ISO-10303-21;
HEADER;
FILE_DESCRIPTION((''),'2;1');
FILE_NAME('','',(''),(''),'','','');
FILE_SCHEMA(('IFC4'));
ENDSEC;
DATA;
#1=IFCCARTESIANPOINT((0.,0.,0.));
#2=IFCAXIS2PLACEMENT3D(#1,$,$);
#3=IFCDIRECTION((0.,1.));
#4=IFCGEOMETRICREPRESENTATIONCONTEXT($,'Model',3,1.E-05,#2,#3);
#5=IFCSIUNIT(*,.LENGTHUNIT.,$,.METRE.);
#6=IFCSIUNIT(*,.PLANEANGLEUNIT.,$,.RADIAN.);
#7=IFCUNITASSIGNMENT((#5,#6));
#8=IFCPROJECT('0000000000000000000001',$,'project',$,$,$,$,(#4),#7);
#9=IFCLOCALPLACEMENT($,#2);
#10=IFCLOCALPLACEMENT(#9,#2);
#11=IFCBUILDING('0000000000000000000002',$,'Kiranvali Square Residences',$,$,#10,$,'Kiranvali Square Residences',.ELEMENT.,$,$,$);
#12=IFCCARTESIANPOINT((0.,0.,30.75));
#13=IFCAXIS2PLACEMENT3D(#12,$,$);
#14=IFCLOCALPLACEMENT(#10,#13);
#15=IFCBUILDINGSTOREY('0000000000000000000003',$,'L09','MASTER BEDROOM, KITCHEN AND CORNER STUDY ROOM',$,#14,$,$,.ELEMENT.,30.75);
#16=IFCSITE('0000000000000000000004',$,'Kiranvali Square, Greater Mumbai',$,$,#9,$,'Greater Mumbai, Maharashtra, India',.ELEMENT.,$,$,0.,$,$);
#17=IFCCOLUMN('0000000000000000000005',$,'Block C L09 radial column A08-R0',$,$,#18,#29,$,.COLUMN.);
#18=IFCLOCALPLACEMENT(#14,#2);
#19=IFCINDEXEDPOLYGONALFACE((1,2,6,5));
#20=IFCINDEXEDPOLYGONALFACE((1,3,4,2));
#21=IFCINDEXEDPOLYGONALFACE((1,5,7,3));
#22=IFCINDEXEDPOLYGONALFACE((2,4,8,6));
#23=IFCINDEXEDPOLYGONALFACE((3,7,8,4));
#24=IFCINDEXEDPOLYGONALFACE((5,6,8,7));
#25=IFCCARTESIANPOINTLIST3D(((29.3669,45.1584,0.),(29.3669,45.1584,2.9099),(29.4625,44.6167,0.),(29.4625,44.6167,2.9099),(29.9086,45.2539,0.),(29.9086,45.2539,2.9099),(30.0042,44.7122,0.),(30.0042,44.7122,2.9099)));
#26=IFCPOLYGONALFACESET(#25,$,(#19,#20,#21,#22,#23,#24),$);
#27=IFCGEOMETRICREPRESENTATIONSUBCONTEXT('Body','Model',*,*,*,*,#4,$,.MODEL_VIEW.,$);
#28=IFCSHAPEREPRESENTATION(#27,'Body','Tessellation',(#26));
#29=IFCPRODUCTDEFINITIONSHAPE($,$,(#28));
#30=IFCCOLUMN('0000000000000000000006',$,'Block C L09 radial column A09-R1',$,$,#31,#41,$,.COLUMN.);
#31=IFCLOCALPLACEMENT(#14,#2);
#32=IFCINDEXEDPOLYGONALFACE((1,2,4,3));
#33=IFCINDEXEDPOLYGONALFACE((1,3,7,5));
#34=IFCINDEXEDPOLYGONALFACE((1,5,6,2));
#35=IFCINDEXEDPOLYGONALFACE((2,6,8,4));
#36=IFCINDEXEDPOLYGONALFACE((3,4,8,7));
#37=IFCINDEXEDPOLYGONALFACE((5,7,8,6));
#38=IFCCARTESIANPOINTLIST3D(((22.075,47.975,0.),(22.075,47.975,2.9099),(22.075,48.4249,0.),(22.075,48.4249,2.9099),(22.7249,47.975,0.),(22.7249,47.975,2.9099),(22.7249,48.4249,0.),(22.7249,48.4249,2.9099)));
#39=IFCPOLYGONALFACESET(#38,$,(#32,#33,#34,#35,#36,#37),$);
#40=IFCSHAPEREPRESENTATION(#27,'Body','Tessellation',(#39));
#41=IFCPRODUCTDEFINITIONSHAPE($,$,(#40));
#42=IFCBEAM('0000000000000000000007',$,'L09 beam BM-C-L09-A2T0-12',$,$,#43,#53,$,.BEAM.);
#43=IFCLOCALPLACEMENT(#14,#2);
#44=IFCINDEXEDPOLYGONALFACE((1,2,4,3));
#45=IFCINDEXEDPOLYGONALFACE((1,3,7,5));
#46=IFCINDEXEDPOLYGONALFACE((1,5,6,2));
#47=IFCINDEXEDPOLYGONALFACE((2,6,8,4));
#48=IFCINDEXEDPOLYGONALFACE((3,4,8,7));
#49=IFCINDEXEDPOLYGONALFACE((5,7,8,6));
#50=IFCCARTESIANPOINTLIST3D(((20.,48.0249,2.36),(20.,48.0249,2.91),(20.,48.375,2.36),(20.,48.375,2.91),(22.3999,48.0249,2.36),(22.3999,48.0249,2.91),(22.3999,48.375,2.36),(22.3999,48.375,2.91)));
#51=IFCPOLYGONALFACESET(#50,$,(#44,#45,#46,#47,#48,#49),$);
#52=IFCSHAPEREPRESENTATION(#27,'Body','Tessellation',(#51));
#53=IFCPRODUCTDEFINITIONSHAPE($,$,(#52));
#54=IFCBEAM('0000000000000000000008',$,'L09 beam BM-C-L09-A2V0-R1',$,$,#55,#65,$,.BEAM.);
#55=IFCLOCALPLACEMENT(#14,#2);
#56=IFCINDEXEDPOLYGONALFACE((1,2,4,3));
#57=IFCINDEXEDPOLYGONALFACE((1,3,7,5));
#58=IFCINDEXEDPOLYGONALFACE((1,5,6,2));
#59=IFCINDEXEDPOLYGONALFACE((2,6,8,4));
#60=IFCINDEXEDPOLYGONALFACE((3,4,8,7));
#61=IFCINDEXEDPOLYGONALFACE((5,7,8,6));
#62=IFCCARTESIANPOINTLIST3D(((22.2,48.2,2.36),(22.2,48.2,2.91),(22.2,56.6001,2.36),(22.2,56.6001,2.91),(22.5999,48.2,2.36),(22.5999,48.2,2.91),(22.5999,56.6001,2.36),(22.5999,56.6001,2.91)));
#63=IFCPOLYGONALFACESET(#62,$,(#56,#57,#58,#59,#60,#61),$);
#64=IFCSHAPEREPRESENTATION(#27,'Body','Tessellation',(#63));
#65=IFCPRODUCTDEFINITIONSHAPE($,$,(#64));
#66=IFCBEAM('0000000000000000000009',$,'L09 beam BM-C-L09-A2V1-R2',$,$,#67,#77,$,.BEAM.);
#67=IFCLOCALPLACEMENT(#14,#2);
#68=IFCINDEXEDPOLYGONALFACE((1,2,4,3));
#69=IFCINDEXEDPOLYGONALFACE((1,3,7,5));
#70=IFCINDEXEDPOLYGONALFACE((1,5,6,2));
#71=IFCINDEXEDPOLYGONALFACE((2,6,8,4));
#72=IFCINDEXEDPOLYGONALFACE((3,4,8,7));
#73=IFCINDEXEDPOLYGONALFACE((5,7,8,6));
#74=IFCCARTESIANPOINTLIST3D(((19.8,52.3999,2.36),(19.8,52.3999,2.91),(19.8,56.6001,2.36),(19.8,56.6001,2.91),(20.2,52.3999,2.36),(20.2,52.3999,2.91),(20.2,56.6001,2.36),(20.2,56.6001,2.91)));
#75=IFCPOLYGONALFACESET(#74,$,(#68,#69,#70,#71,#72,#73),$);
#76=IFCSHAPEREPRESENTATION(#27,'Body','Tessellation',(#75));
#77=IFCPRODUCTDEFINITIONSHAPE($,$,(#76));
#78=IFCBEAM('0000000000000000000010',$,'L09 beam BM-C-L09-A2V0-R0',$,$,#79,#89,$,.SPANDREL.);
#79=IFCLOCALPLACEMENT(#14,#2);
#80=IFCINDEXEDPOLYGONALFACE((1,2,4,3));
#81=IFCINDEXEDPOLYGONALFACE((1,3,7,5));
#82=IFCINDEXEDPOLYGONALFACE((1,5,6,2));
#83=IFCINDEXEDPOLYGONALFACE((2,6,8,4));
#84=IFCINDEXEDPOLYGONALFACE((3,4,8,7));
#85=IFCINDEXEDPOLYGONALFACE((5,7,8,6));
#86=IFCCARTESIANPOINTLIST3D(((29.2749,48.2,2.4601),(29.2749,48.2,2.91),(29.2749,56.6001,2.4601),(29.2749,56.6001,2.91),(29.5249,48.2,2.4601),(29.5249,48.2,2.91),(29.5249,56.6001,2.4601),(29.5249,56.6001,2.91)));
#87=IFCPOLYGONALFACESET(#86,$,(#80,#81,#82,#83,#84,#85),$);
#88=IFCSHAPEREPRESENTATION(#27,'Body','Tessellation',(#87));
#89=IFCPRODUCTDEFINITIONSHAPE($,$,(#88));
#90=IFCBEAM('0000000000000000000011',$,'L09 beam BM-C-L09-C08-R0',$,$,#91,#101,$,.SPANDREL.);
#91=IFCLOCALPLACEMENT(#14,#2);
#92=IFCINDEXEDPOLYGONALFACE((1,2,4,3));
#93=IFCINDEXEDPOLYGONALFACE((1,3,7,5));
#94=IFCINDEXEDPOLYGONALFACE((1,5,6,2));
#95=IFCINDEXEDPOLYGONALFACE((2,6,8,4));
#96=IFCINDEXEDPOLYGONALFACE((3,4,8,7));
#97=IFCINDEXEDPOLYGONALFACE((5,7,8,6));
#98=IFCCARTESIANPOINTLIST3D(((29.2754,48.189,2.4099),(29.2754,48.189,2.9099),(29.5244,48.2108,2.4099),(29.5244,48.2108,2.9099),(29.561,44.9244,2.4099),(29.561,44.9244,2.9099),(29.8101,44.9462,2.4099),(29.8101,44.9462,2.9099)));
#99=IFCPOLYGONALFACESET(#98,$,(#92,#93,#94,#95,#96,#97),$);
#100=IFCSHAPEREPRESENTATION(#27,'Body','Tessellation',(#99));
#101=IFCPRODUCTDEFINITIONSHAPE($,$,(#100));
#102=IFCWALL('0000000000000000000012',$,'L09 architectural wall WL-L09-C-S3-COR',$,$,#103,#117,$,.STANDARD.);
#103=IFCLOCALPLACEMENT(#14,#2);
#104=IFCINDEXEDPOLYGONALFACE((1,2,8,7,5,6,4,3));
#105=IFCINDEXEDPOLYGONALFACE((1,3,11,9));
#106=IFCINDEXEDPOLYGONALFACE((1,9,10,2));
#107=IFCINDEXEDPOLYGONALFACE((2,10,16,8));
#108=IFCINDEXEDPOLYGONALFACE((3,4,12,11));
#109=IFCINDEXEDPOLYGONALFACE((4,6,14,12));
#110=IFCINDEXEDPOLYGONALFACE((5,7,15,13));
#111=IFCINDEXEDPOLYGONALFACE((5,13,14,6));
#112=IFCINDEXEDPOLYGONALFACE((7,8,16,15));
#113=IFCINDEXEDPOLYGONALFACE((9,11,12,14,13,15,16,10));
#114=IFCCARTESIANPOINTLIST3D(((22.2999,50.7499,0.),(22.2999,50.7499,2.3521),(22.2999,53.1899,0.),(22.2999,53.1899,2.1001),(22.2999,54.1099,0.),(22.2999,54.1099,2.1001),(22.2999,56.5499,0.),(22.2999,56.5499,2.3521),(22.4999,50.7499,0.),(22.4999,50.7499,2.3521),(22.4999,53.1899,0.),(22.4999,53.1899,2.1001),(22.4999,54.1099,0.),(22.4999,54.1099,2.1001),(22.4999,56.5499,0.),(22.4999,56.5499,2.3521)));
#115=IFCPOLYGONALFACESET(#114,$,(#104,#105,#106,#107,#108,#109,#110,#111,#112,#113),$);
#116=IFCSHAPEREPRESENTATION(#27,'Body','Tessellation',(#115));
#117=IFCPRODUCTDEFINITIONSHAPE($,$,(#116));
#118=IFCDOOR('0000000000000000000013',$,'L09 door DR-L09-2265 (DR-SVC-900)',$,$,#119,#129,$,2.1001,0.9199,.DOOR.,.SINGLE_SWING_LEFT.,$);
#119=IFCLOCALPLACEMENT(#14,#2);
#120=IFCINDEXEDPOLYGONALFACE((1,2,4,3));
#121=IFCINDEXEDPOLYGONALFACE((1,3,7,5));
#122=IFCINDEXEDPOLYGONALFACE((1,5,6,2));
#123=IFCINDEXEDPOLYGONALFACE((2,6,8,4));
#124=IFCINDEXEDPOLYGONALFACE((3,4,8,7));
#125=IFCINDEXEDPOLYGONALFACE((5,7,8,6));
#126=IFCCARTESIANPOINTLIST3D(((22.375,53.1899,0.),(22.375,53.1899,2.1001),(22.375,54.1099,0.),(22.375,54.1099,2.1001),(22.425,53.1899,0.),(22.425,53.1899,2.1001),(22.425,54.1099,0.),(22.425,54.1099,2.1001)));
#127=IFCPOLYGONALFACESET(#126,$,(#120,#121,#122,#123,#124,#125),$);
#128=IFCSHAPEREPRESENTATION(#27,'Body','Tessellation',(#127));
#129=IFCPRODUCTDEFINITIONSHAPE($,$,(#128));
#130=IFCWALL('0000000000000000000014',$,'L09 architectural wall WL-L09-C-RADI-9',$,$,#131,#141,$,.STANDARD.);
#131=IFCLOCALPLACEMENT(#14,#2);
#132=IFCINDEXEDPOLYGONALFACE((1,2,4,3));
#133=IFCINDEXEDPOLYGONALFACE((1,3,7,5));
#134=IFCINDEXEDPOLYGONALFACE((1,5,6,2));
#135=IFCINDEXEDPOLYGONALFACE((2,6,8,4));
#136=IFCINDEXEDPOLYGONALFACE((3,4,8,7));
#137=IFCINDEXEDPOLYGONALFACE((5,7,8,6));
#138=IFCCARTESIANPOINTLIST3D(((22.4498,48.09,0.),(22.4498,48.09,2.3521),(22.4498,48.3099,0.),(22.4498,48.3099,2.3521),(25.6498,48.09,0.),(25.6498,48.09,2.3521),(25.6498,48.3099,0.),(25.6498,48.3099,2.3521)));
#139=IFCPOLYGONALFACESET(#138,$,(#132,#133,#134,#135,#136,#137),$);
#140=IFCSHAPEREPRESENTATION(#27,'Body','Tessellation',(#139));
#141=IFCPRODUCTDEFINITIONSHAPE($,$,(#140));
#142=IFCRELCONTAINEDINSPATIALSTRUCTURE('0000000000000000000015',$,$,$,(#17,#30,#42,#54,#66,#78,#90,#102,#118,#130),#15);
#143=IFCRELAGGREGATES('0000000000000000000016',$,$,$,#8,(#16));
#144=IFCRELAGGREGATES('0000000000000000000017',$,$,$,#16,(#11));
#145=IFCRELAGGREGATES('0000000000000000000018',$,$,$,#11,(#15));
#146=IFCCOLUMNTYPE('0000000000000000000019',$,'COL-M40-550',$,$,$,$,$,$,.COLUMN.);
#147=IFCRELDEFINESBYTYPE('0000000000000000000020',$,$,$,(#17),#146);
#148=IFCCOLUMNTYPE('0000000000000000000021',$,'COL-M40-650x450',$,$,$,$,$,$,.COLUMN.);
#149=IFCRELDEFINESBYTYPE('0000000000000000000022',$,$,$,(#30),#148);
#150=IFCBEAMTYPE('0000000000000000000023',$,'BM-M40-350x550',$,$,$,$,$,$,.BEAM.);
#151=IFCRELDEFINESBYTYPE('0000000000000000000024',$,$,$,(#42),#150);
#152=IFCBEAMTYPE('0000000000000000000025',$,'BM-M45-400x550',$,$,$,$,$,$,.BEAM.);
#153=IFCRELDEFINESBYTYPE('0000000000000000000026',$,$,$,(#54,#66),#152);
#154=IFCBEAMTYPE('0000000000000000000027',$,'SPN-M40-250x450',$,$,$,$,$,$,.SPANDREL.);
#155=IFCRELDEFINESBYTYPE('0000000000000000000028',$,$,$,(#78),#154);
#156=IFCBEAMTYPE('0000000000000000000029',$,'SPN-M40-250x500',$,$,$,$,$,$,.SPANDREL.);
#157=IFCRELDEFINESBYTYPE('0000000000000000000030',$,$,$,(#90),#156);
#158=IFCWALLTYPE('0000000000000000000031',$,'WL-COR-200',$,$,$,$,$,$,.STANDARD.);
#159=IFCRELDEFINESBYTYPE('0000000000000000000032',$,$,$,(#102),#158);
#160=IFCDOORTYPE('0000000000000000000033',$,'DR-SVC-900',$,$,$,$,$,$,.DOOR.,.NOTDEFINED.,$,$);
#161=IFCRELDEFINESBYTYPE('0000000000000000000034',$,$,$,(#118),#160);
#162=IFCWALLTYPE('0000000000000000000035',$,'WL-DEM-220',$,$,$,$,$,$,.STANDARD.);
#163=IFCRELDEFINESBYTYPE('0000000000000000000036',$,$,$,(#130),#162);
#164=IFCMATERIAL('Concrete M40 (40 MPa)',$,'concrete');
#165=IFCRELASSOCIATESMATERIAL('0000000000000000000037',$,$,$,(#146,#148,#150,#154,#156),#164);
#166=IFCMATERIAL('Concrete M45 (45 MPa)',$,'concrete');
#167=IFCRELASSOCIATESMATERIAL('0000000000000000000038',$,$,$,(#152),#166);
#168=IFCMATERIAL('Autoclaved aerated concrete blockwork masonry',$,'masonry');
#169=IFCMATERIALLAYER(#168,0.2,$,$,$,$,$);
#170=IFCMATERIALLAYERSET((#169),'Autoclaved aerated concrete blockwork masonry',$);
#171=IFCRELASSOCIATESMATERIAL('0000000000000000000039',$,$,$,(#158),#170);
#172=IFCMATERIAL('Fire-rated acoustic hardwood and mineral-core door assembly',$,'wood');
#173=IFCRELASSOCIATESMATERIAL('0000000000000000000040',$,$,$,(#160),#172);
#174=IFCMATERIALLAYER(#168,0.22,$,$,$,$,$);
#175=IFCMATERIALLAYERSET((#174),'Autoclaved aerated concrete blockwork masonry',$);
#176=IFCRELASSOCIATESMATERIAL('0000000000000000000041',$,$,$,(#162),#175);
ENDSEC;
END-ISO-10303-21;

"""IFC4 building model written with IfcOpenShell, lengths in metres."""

from ifc_helpers import new_model, si_unit, direction, frame, frame_2d, origin, origin_2d, place, context, subcontext, project, spatial, rectangle, extrude, material, layer, layer_set, material_profile, profile_set, type_object, element, fill, save


model = new_model("IFC4")

# Units and contexts
model_context = context("Model", 3, precision=1e-05, world=origin(), true_north=direction((0.0, 1.0)))
body_context = subcontext(model_context, "Body", "Model", "MODEL_VIEW")
ifc_project = project(units=[si_unit("LENGTHUNIT", "METRE"), si_unit("PLANEANGLEUNIT", "RADIAN")], contexts=[model_context])

# Site, building, storey
site_placement = place(None, origin())
site = spatial("IfcSite", under=ifc_project, at=site_placement, Name="Kiranvali Square, Greater Mumbai", LongName="Greater Mumbai, Maharashtra, India", CompositionType="ELEMENT", RefElevation=0.0)
building_placement = place(site_placement, origin())
building = spatial("IfcBuilding", under=site, at=building_placement, Name="Kiranvali Square Residences", LongName="Kiranvali Square Residences", CompositionType="ELEMENT")
storey_placement = place(building_placement, frame((0.0, 0.0, 30.75)))
storey = spatial("IfcBuildingStorey", under=building, at=storey_placement, Name="L09", Description="MASTER BEDROOM, KITCHEN AND CORNER STUDY ROOM", CompositionType="ELEMENT", Elevation=30.75)

# Columns
ifc_material_1 = material(Name="Concrete M40 (40 MPa)", Category="concrete")
ifc_material_profile_1 = material_profile(ifc_material_1, rectangle(XDim=0.55, YDim=0.55, at=origin_2d()), Name="RC 550x550")
ifc_profile_set_1 = profile_set([ifc_material_profile_1], Name="Concrete M40 (40 MPa)")
column_type_1 = type_object("IfcColumnType", Name="COL-M40-550", PredefinedType="COLUMN", material=ifc_profile_set_1)
column_1_placement = place(storey_placement, frame((29.6855, 44.9353, 0.0), z_axis=(0.0, 0.0, 1.0), x_axis=(-0.173648, 0.984808, 0.0)))
element("IfcColumn", 1, at=column_1_placement, inside=storey, type_object=column_type_1, Name="Block C L09 radial column A08-R0", PredefinedType="COLUMN", context=body_context, shape_type="SweptSolid", body=[
    extrude(rectangle(XDim=0.55, YDim=0.55, at=origin_2d()), origin(), (0.0, 0.0, 1.0), 2.9099),
])
ifc_material_profile_2 = material_profile(ifc_material_1, rectangle(XDim=0.45, YDim=0.6499, at=origin_2d()), Name="RC 650x450")
ifc_profile_set_2 = profile_set([ifc_material_profile_2], Name="Concrete M40 (40 MPa)")
column_type_2 = type_object("IfcColumnType", Name="COL-M40-650x450", PredefinedType="COLUMN", material=ifc_profile_set_2)
column_2_placement = place(storey_placement, frame((22.3999, 48.2, 0.0), z_axis=(0.0, 0.0, 1.0), x_axis=(0.0, 1.0, 0.0)))
element("IfcColumn", 2, at=column_2_placement, inside=storey, type_object=column_type_2, Name="Block C L09 radial column A09-R1", PredefinedType="COLUMN", context=body_context, shape_type="SweptSolid", body=[
    extrude(rectangle(XDim=0.45, YDim=0.6499, at=origin_2d()), origin(), (0.0, 0.0, 1.0), 2.9099),
])

# Beams
ifc_material_profile_3 = material_profile(ifc_material_1, rectangle(XDim=0.3501, YDim=0.55, at=origin_2d()), Name="RC 350x550")
ifc_profile_set_3 = profile_set([ifc_material_profile_3], Name="Concrete M40 (40 MPa)")
beam_type_1 = type_object("IfcBeamType", Name="BM-M40-350x550", PredefinedType="BEAM", material=ifc_profile_set_3)
beam_1_placement = place(storey_placement, frame((22.3999, 48.2, 2.635), z_axis=(-1.0, 0.0, 0.0), x_axis=(0.0, -1.0, 0.0)))
element("IfcBeam", 3, at=beam_1_placement, inside=storey, type_object=beam_type_1, Name="L09 beam BM-C-L09-A2T0-12", PredefinedType="BEAM", context=body_context, shape_type="SweptSolid", body=[
    extrude(rectangle(XDim=0.3501, YDim=0.55, at=origin_2d()), origin(), (0.0, 0.0, 1.0), 2.3999),
])
ifc_material_2 = material(Name="Concrete M45 (45 MPa)", Category="concrete")
ifc_material_profile_4 = material_profile(ifc_material_2, rectangle(XDim=0.3999, YDim=0.55, at=origin_2d()), Name="RC 400x550")
ifc_profile_set_4 = profile_set([ifc_material_profile_4], Name="Concrete M45 (45 MPa)")
beam_type_2 = type_object("IfcBeamType", Name="BM-M45-400x550", PredefinedType="BEAM", material=ifc_profile_set_4)
beam_2_placement = place(storey_placement, frame((22.3999, 48.2, 2.635), z_axis=(0.0, 1.0, 0.0), x_axis=(-1.0, 0.0, 0.0)))
element("IfcBeam", 4, at=beam_2_placement, inside=storey, type_object=beam_type_2, Name="L09 beam BM-C-L09-A2V0-R1", PredefinedType="BEAM", context=body_context, shape_type="SweptSolid", body=[
    extrude(rectangle(XDim=0.3999, YDim=0.55, at=origin_2d()), origin(), (0.0, 0.0, 1.0), 8.4001),
])
beam_3_placement = place(storey_placement, frame((20.0, 52.3999, 2.635), z_axis=(0.0, 1.0, 0.0), x_axis=(-1.0, 0.0, 0.0)))
element("IfcBeam", 5, at=beam_3_placement, inside=storey, type_object=beam_type_2, Name="L09 beam BM-C-L09-A2V1-R2", PredefinedType="BEAM", context=body_context, shape_type="SweptSolid", body=[
    extrude(rectangle(XDim=0.3999, YDim=0.55, at=origin_2d()), origin(), (0.0, 0.0, 1.0), 4.2002),
])
ifc_material_profile_5 = material_profile(ifc_material_1, rectangle(XDim=0.25, YDim=0.45, at=origin_2d()), Name="RC 250x450")
ifc_profile_set_5 = profile_set([ifc_material_profile_5], Name="Concrete M40 (40 MPa)")
beam_type_3 = type_object("IfcBeamType", Name="SPN-M40-250x450", PredefinedType="SPANDREL", material=ifc_profile_set_5)
beam_4_placement = place(storey_placement, frame((29.3999, 48.2, 2.6851), z_axis=(0.0, 1.0, 0.0), x_axis=(-1.0, 0.0, 0.0)))
element("IfcBeam", 6, at=beam_4_placement, inside=storey, type_object=beam_type_3, Name="L09 beam BM-C-L09-A2V0-R0", PredefinedType="SPANDREL", context=body_context, shape_type="SweptSolid", body=[
    extrude(rectangle(XDim=0.25, YDim=0.45, at=origin_2d()), origin(), (0.0, 0.0, 1.0), 8.4001),
])
ifc_material_profile_6 = material_profile(ifc_material_1, rectangle(XDim=0.25, YDim=0.5, at=origin_2d()), Name="RC 250x500")
ifc_profile_set_6 = profile_set([ifc_material_profile_6], Name="Concrete M40 (40 MPa)")
beam_type_4 = type_object("IfcBeamType", Name="SPN-M40-250x500", PredefinedType="SPANDREL", material=ifc_profile_set_6)
beam_5_placement = place(storey_placement, frame((29.6855, 44.9353, 2.6599), z_axis=(-0.087163, 0.996194, 0.0), x_axis=(-0.996194, -0.087163, 0.0)))
element("IfcBeam", 7, at=beam_5_placement, inside=storey, type_object=beam_type_4, Name="L09 beam BM-C-L09-C08-R0", PredefinedType="SPANDREL", context=body_context, shape_type="SweptSolid", body=[
    extrude(rectangle(XDim=0.25, YDim=0.5, at=origin_2d()), origin(), (0.0, 0.0, 1.0), 3.2771),
])

# Wall, opening, door
ifc_material_3 = material(Name="Autoclaved aerated concrete blockwork masonry", Category="masonry")
ifc_layer_1 = layer(ifc_material_3, 0.2)
ifc_layer_set_1 = layer_set([ifc_layer_1], Name="Autoclaved aerated concrete blockwork masonry")
wall_type_1 = type_object("IfcWallType", Name="WL-COR-200", PredefinedType="STANDARD", material=ifc_layer_set_1)
ifc_material_4 = material(Name="Fire-rated acoustic hardwood and mineral-core door assembly", Category="wood")
wall_1_placement = place(storey_placement, frame((22.3999, 50.75, 0.0), z_axis=(0.0, 0.0, 1.0), x_axis=(0.0, 1.0, 0.0)))
wall_1 = element("IfcWall", 8, at=wall_1_placement, inside=storey, type_object=wall_type_1, Name="L09 architectural wall WL-L09-C-S3-COR", PredefinedType="STANDARD", context=body_context, shape_type="SweptSolid", body=[
    extrude(rectangle(XDim=5.8, YDim=0.2, at=frame_2d((2.8999, 0.0))), origin(), (0.0, 0.0, 1.0), 2.3521),
])
opening_1_placement = place(wall_1_placement, frame((2.4399, 0.0, 0.0)))
opening_1 = element("IfcOpeningElement", 9, at=opening_1_placement, cuts=wall_1, PredefinedType="OPENING", context=body_context, shape_type="SweptSolid", body=[
    extrude(rectangle(XDim=0.9199, YDim=2.1001, at=frame_2d((0.46, 1.05))), frame((0.0, 0.1099, 0.0), z_axis=(0.0, -1.0, 0.0), x_axis=(1.0, 0.0, 0.0)), (0.0, 0.0, 1.0), 0.22),
])
door_type_1 = type_object("IfcDoorType", Name="DR-SVC-900", OperationType="NOTDEFINED", PredefinedType="DOOR", material=ifc_material_4)
door_1_placement = place(opening_1_placement, origin())
door_1 = element("IfcDoor", 10, at=door_1_placement, inside=storey, type_object=door_type_1, Name="L09 door DR-L09-2265 (DR-SVC-900)", OperationType="SINGLE_SWING_LEFT", OverallHeight=2.1001, OverallWidth=0.9199, PredefinedType="DOOR", context=body_context, shape_type="SweptSolid", body=[
    extrude(rectangle(XDim=0.9199, YDim=2.1001, at=frame_2d((0.46, 1.05))), frame((0.0, 0.0249, 0.0), z_axis=(0.0, -1.0, 0.0), x_axis=(1.0, 0.0, 0.0)), (0.0, 0.0, 1.0), 0.05),
])
fill(opening_1, door_1)

# Wall
ifc_layer_2 = layer(ifc_material_3, 0.22)
ifc_layer_set_2 = layer_set([ifc_layer_2], Name="Autoclaved aerated concrete blockwork masonry")
wall_type_2 = type_object("IfcWallType", Name="WL-DEM-220", PredefinedType="STANDARD", material=ifc_layer_set_2)
wall_2_placement = place(storey_placement, frame((25.6499, 48.2, 0.0), z_axis=(0.0, 0.0, 1.0), x_axis=(-1.0, 0.0, 0.0)))
element("IfcWall", 11, at=wall_2_placement, inside=storey, type_object=wall_type_2, Name="L09 architectural wall WL-L09-C-RADI-9", PredefinedType="STANDARD", context=body_context, shape_type="SweptSolid", body=[
    extrude(rectangle(XDim=3.2, YDim=0.22, at=frame_2d((1.6001, 0.0))), origin(), (0.0, 0.0, 1.0), 2.3521),
])

save(model, "model.ifc")
